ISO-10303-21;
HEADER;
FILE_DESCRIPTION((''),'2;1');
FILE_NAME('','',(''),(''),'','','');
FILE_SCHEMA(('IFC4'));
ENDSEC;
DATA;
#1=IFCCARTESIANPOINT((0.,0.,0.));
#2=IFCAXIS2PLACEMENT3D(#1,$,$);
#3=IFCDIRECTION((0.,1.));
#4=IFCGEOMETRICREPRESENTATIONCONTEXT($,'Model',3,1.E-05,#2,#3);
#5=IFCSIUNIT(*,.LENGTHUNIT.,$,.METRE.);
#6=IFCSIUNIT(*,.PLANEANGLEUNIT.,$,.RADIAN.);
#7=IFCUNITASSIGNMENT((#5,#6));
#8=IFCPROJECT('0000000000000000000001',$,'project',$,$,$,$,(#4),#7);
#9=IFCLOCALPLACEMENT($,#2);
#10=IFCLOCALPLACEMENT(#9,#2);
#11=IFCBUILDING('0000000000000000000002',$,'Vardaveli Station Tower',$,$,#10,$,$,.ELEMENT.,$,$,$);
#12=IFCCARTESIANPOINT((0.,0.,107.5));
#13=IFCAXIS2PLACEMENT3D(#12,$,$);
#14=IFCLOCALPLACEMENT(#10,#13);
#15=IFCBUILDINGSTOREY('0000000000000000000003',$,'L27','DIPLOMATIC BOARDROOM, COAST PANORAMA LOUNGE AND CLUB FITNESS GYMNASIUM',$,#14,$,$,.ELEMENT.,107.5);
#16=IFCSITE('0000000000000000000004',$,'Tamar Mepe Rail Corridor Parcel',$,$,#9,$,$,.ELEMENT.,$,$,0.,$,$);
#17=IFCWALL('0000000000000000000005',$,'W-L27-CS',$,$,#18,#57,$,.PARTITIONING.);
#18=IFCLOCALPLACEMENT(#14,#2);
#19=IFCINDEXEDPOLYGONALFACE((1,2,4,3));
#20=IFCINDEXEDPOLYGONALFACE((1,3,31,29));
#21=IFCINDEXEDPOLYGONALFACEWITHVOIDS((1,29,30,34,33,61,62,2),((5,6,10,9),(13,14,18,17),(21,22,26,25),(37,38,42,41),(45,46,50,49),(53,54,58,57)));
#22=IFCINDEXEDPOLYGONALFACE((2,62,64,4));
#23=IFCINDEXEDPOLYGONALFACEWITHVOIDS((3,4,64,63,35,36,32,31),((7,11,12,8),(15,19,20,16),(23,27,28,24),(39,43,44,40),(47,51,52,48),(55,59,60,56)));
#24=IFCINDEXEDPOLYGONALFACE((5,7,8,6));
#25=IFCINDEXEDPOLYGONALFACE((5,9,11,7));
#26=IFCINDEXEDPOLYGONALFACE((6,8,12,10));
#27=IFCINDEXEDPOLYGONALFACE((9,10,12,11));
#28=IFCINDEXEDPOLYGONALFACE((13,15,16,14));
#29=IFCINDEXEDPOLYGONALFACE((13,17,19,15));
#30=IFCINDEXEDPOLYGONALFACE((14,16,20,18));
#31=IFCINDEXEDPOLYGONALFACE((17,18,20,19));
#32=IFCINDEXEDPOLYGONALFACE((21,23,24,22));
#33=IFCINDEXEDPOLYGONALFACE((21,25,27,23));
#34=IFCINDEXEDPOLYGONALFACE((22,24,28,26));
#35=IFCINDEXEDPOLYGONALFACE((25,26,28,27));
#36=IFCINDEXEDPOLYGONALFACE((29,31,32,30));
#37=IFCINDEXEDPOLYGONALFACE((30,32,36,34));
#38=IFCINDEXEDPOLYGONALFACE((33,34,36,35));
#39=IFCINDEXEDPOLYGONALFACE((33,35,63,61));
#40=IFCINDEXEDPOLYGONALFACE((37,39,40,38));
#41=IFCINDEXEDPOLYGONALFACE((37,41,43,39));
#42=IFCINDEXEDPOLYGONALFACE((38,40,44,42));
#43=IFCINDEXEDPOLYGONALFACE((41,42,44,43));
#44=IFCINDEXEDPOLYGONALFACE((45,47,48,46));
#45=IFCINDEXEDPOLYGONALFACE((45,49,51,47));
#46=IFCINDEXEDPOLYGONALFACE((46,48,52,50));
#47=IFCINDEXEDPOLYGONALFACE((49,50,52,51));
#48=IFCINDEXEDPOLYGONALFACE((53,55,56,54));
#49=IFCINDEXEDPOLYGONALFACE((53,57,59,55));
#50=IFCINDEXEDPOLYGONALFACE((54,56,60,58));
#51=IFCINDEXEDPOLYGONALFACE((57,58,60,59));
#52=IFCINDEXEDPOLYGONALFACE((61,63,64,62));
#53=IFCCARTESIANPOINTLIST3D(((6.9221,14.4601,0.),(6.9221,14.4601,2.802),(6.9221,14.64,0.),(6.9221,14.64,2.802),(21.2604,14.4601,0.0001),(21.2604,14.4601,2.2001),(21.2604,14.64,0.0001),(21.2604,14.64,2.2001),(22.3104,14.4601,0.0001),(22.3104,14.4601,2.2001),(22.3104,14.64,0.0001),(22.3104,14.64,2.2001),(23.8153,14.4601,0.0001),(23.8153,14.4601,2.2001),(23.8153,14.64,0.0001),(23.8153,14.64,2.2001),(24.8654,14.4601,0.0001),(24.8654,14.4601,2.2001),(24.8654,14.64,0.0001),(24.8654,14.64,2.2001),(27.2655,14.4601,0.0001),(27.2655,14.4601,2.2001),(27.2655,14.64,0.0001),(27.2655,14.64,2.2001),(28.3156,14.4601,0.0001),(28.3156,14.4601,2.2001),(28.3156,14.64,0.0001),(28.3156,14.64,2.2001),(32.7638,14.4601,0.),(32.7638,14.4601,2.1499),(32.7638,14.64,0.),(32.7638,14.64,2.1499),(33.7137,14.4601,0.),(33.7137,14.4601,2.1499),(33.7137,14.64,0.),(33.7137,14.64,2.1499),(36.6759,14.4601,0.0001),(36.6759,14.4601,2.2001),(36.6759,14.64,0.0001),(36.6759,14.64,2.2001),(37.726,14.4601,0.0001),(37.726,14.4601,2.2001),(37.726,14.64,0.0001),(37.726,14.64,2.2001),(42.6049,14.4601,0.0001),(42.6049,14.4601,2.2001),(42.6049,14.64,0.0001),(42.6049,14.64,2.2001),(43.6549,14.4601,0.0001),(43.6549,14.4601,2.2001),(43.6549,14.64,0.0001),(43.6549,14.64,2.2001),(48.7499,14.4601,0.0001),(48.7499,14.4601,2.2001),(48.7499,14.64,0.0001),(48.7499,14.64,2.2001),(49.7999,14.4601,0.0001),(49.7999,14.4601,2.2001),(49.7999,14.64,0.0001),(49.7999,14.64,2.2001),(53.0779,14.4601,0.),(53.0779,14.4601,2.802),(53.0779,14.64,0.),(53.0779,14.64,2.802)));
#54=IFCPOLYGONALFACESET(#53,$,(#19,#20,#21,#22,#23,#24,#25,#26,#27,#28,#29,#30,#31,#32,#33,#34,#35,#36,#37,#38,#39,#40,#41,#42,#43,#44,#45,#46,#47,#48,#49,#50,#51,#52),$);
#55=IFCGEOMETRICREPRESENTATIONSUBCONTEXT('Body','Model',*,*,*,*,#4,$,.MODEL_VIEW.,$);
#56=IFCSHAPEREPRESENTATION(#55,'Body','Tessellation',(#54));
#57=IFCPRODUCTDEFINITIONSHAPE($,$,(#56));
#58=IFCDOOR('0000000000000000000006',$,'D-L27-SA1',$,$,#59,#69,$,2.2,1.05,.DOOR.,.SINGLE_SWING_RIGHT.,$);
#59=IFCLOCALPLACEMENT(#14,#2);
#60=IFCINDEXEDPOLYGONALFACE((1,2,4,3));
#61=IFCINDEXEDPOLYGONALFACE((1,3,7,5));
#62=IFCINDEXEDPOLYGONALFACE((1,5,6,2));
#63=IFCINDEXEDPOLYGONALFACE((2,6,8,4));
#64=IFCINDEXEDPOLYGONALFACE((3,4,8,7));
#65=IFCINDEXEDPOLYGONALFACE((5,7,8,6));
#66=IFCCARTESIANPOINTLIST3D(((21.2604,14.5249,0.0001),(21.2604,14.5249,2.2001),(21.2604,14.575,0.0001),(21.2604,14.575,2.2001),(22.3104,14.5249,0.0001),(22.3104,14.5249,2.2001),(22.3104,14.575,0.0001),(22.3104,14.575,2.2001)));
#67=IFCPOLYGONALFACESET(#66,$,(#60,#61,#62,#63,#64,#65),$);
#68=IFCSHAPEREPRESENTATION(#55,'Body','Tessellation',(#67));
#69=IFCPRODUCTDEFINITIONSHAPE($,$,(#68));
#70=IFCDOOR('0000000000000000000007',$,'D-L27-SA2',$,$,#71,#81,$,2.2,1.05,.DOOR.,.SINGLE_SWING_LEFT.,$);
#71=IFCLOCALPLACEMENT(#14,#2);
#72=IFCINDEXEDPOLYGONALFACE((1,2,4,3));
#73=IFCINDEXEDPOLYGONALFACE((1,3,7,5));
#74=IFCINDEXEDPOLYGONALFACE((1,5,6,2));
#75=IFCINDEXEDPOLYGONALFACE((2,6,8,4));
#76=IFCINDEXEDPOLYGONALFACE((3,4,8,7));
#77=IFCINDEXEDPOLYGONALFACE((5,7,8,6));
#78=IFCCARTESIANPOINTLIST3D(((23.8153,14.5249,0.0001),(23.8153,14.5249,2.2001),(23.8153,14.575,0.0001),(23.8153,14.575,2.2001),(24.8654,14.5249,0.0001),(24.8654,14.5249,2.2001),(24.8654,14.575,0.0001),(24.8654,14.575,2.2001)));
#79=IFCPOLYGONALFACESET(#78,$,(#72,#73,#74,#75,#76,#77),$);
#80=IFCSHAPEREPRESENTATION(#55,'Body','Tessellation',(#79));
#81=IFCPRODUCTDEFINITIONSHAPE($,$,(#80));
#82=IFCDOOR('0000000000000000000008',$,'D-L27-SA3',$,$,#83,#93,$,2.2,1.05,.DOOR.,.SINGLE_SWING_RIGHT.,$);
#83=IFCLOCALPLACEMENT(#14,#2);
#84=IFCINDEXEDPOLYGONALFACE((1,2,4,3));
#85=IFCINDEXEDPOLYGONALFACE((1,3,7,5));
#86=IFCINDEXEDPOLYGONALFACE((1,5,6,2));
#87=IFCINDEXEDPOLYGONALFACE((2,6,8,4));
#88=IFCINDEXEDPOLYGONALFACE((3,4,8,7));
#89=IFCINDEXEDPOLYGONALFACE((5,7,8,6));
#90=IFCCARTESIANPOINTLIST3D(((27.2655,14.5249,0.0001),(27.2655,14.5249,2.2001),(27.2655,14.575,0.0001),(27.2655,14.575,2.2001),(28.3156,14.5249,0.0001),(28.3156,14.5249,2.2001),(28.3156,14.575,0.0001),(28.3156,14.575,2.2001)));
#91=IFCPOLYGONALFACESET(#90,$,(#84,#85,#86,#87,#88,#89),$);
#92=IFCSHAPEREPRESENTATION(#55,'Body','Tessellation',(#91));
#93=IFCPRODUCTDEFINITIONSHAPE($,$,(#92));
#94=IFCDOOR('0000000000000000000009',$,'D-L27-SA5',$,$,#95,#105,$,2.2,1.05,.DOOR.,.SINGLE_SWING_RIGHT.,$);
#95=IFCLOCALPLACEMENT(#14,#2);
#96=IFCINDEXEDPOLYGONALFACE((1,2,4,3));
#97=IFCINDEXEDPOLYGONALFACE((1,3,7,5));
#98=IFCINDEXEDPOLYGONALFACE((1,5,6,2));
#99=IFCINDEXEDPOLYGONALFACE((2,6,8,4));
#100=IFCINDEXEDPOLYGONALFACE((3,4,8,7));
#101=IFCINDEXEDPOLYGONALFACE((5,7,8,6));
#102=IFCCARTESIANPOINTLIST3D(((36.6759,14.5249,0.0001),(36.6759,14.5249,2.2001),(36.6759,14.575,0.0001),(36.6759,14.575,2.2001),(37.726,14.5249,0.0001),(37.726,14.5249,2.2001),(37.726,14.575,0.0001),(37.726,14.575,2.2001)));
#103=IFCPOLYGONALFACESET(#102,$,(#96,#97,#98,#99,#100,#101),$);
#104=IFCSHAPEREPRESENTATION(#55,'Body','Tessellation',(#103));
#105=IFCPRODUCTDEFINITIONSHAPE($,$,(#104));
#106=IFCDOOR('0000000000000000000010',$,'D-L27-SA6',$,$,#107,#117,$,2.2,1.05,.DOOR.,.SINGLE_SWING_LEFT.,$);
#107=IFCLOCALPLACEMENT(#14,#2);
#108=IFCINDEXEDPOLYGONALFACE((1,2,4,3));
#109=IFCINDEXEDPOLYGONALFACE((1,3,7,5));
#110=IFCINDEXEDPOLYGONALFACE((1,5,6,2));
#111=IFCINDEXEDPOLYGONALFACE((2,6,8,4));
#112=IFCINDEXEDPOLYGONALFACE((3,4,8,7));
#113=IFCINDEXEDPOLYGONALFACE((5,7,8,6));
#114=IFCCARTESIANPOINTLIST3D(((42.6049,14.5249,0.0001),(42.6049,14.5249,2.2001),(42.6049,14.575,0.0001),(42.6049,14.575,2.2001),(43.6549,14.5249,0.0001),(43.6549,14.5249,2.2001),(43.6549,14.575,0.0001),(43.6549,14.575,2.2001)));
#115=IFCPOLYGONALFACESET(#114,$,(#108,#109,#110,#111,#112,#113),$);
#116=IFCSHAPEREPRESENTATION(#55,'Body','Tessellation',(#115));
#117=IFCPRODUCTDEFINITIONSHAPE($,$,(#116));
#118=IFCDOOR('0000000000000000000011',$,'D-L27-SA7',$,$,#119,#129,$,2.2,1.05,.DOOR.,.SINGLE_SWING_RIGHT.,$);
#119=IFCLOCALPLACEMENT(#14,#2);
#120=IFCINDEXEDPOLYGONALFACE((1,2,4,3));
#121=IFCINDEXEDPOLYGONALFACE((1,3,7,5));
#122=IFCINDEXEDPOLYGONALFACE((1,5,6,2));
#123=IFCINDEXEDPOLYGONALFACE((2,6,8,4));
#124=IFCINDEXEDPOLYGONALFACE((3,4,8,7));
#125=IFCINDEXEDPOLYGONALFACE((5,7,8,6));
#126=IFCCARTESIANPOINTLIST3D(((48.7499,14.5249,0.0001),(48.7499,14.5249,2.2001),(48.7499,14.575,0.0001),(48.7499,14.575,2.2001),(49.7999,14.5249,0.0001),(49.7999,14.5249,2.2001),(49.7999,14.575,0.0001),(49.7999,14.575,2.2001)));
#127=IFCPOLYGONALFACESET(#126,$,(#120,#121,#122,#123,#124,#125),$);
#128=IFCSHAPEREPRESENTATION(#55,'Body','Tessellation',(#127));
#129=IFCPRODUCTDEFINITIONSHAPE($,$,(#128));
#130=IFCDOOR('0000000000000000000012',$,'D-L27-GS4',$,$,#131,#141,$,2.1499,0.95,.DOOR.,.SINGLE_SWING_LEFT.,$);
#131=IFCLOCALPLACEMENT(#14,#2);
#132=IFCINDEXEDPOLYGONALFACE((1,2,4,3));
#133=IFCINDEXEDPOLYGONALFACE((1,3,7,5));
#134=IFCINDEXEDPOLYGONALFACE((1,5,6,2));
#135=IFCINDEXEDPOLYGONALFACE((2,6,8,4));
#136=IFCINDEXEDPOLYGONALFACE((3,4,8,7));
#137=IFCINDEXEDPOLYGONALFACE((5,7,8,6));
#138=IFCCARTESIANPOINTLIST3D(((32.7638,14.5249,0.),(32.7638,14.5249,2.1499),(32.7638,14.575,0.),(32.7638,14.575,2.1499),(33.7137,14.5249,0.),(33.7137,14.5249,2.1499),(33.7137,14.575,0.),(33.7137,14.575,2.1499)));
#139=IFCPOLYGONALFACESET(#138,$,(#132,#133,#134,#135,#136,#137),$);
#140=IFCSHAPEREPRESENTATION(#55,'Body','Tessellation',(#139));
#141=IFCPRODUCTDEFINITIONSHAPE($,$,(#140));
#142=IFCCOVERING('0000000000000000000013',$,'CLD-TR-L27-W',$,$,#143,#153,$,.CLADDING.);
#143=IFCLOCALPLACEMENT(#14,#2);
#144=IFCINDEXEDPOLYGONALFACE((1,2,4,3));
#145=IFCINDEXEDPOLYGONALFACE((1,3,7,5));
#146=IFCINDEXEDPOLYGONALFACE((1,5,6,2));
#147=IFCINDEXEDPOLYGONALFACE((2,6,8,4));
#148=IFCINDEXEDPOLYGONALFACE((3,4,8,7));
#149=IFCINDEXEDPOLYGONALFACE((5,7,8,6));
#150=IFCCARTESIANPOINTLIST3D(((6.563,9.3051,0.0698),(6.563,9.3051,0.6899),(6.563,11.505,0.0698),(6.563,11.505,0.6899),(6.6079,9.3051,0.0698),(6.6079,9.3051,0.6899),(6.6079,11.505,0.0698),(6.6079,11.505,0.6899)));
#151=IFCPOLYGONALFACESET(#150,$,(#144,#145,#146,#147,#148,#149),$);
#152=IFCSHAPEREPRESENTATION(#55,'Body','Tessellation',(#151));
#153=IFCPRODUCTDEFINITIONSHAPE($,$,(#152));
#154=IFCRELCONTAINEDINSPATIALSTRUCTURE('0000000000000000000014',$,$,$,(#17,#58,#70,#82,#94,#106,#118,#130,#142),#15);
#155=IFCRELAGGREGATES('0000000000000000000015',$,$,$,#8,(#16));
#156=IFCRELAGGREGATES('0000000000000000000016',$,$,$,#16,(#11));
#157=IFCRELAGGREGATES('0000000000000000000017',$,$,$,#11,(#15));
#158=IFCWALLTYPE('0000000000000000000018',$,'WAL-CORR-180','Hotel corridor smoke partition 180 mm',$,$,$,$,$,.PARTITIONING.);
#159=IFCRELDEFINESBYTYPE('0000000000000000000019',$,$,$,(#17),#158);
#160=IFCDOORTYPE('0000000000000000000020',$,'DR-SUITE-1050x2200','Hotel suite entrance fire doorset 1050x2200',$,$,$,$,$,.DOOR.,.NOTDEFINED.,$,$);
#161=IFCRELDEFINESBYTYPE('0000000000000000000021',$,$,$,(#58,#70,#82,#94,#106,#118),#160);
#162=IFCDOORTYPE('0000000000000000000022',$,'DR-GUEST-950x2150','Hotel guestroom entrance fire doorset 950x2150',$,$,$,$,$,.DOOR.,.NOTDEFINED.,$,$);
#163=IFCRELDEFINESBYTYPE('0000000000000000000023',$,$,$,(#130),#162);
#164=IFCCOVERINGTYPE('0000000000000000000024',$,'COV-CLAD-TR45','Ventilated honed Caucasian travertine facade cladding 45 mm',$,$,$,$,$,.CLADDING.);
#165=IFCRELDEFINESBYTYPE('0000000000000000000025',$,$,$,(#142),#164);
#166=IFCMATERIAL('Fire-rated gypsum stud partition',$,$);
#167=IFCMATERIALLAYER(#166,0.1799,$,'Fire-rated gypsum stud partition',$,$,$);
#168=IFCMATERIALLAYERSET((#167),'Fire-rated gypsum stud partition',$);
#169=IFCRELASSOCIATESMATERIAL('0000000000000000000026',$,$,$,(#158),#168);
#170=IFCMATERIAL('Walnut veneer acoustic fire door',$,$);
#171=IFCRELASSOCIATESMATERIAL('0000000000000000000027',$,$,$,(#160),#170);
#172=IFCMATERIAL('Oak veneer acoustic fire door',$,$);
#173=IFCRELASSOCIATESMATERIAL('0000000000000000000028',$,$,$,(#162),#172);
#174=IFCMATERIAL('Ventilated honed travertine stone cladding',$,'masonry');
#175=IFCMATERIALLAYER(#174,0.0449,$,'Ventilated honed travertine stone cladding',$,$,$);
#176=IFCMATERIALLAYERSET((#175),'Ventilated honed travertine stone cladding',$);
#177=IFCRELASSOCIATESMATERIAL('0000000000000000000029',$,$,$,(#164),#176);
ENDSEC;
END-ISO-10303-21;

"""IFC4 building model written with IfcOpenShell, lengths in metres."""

from ifc_helpers import new_model, si_unit, direction, frame, frame_2d, origin, origin_2d, place, context, subcontext, project, spatial, rectangle, extrude, source, transform, mapped, material, layer, layer_set, type_object, element, fill, save


model = new_model("IFC4")

# Units and contexts
model_context = context("Model", 3, precision=1e-05, world=origin(), true_north=direction((0.0, 1.0)))
body_context = subcontext(model_context, "Body", "Model", "MODEL_VIEW")
ifc_project = project(units=[si_unit("LENGTHUNIT", "METRE"), si_unit("PLANEANGLEUNIT", "RADIAN")], contexts=[model_context])

# Site, building, storey
site_placement = place(None, origin())
site = spatial("IfcSite", under=ifc_project, at=site_placement, Name="Tamar Mepe Rail Corridor Parcel", CompositionType="ELEMENT", RefElevation=0.0)
building_placement = place(site_placement, origin())
building = spatial("IfcBuilding", under=site, at=building_placement, Name="Vardaveli Station Tower", CompositionType="ELEMENT")
storey_placement = place(building_placement, frame((0.0, 0.0, 107.5)))
storey = spatial("IfcBuildingStorey", under=building, at=storey_placement, Name="L27", Description="DIPLOMATIC BOARDROOM, COAST PANORAMA LOUNGE AND CLUB FITNESS GYMNASIUM", CompositionType="ELEMENT", Elevation=107.5)

# Wall, openings, doors
ifc_material_1 = material(Name="Fire-rated gypsum stud partition")
ifc_layer_1 = layer(ifc_material_1, 0.1799, Name="Fire-rated gypsum stud partition")
ifc_layer_set_1 = layer_set([ifc_layer_1], Name="Fire-rated gypsum stud partition")
wall_type_1 = type_object("IfcWallType", Name="WAL-CORR-180", Description="Hotel corridor smoke partition 180 mm", PredefinedType="PARTITIONING", material=ifc_layer_set_1)
shared_shape_1 = source(origin(), body_context, "Body", "SweptSolid", [
    extrude(rectangle(XDim=46.1558, YDim=0.1799, at=frame_2d((23.0779, 0.0))), origin(), (0.0, 0.0, 1.0), 2.802),
])
wall_1_placement = place(storey_placement, frame((6.9221, 14.55, 0.0), z_axis=(0.0, 0.0, 1.0), x_axis=(1.0, 0.0, 0.0)))
wall_1 = element("IfcWall", 1, at=wall_1_placement, inside=storey, type_object=wall_type_1, Name="W-L27-CS", PredefinedType="PARTITIONING", context=body_context, shape_type="MappedRepresentation", body=[
    mapped(shared_shape_1, transform((0.0, 0.0, 0.0), scale=1.0)),
])
shared_shape_2 = source(origin(), body_context, "Body", "SweptSolid", [
    extrude(rectangle(XDim=1.05, YDim=2.2, at=frame_2d((0.5249, 1.1001))), frame((0.0, 0.1001, 0.0), z_axis=(0.0, -1.0, 0.0), x_axis=(1.0, 0.0, 0.0)), (0.0, 0.0, 1.0), 0.2),
])
opening_1_placement = place(wall_1_placement, frame((14.3384, 0.0, 0.0)))
opening_1 = element("IfcOpeningElement", 2, at=opening_1_placement, cuts=wall_1, PredefinedType="OPENING", context=body_context, shape_type="MappedRepresentation", body=[
    mapped(shared_shape_2, transform((0.0, 0.0, 0.0), scale=1.0)),
])
opening_2_placement = place(wall_1_placement, frame((16.8933, 0.0, 0.0)))
opening_2 = element("IfcOpeningElement", 3, at=opening_2_placement, cuts=wall_1, PredefinedType="OPENING", context=body_context, shape_type="MappedRepresentation", body=[
    mapped(shared_shape_2, transform((0.0, 0.0, 0.0), scale=1.0)),
])
opening_3_placement = place(wall_1_placement, frame((20.3435, 0.0, 0.0)))
opening_3 = element("IfcOpeningElement", 4, at=opening_3_placement, cuts=wall_1, PredefinedType="OPENING", context=body_context, shape_type="MappedRepresentation", body=[
    mapped(shared_shape_2, transform((0.0, 0.0, 0.0), scale=1.0)),
])
shared_shape_3 = source(origin(), body_context, "Body", "SweptSolid", [
    extrude(rectangle(XDim=0.95, YDim=2.1499, at=frame_2d((0.4751, 1.075))), frame((0.0, 0.1001, 0.0), z_axis=(0.0, -1.0, 0.0), x_axis=(1.0, 0.0, 0.0)), (0.0, 0.0, 1.0), 0.2),
])
opening_4_placement = place(wall_1_placement, frame((25.8416, 0.0, 0.0)))
opening_4 = element("IfcOpeningElement", 5, at=opening_4_placement, cuts=wall_1, PredefinedType="OPENING", context=body_context, shape_type="MappedRepresentation", body=[
    mapped(shared_shape_3, transform((0.0, 0.0, 0.0), scale=1.0)),
])
opening_5_placement = place(wall_1_placement, frame((29.7539, 0.0, 0.0)))
opening_5 = element("IfcOpeningElement", 6, at=opening_5_placement, cuts=wall_1, PredefinedType="OPENING", context=body_context, shape_type="MappedRepresentation", body=[
    mapped(shared_shape_2, transform((0.0, 0.0, 0.0), scale=1.0)),
])
opening_6_placement = place(wall_1_placement, frame((35.6829, 0.0, 0.0)))
opening_6 = element("IfcOpeningElement", 7, at=opening_6_placement, cuts=wall_1, PredefinedType="OPENING", context=body_context, shape_type="MappedRepresentation", body=[
    mapped(shared_shape_2, transform((0.0, 0.0, 0.0), scale=1.0)),
])
opening_7_placement = place(wall_1_placement, frame((41.8279, 0.0, 0.0)))
opening_7 = element("IfcOpeningElement", 8, at=opening_7_placement, cuts=wall_1, PredefinedType="OPENING", context=body_context, shape_type="MappedRepresentation", body=[
    mapped(shared_shape_2, transform((0.0, 0.0, 0.0), scale=1.0)),
])
ifc_material_2 = material(Name="Walnut veneer acoustic fire door")
door_type_1 = type_object("IfcDoorType", Name="DR-SUITE-1050x2200", Description="Hotel suite entrance fire doorset 1050x2200", OperationType="NOTDEFINED", PredefinedType="DOOR", material=ifc_material_2)
shared_shape_4 = source(origin(), body_context, "Body", "SweptSolid", [
    extrude(rectangle(XDim=1.05, YDim=2.2, at=frame_2d((0.5249, 1.1001))), frame((0.0, 0.0249, 0.0), z_axis=(0.0, -1.0, 0.0), x_axis=(1.0, 0.0, 0.0)), (0.0, 0.0, 1.0), 0.05),
])
door_1_placement = place(opening_1_placement, origin())
door_1 = element("IfcDoor", 9, at=door_1_placement, inside=storey, type_object=door_type_1, Name="D-L27-SA1", OperationType="SINGLE_SWING_RIGHT", OverallHeight=2.2, OverallWidth=1.05, PredefinedType="DOOR", context=body_context, shape_type="MappedRepresentation", body=[
    mapped(shared_shape_4, transform((0.0, 0.0, 0.0), scale=1.0)),
])
fill(opening_1, door_1)
door_2_placement = place(opening_2_placement, origin())
door_2 = element("IfcDoor", 10, at=door_2_placement, inside=storey, type_object=door_type_1, Name="D-L27-SA2", OperationType="SINGLE_SWING_LEFT", OverallHeight=2.2, OverallWidth=1.05, PredefinedType="DOOR", context=body_context, shape_type="MappedRepresentation", body=[
    mapped(shared_shape_4, transform((0.0, 0.0, 0.0), scale=1.0)),
])
fill(opening_2, door_2)
door_3_placement = place(opening_3_placement, origin())
door_3 = element("IfcDoor", 11, at=door_3_placement, inside=storey, type_object=door_type_1, Name="D-L27-SA3", OperationType="SINGLE_SWING_RIGHT", OverallHeight=2.2, OverallWidth=1.05, PredefinedType="DOOR", context=body_context, shape_type="MappedRepresentation", body=[
    mapped(shared_shape_4, transform((0.0, 0.0, 0.0), scale=1.0)),
])
fill(opening_3, door_3)
door_4_placement = place(opening_5_placement, origin())
door_4 = element("IfcDoor", 12, at=door_4_placement, inside=storey, type_object=door_type_1, Name="D-L27-SA5", OperationType="SINGLE_SWING_RIGHT", OverallHeight=2.2, OverallWidth=1.05, PredefinedType="DOOR", context=body_context, shape_type="MappedRepresentation", body=[
    mapped(shared_shape_4, transform((0.0, 0.0, 0.0), scale=1.0)),
])
fill(opening_5, door_4)
door_5_placement = place(opening_6_placement, origin())
door_5 = element("IfcDoor", 13, at=door_5_placement, inside=storey, type_object=door_type_1, Name="D-L27-SA6", OperationType="SINGLE_SWING_LEFT", OverallHeight=2.2, OverallWidth=1.05, PredefinedType="DOOR", context=body_context, shape_type="MappedRepresentation", body=[
    mapped(shared_shape_4, transform((0.0, 0.0, 0.0), scale=1.0)),
])
fill(opening_6, door_5)
door_6_placement = place(opening_7_placement, origin())
door_6 = element("IfcDoor", 14, at=door_6_placement, inside=storey, type_object=door_type_1, Name="D-L27-SA7", OperationType="SINGLE_SWING_RIGHT", OverallHeight=2.2, OverallWidth=1.05, PredefinedType="DOOR", context=body_context, shape_type="MappedRepresentation", body=[
    mapped(shared_shape_4, transform((0.0, 0.0, 0.0), scale=1.0)),
])
fill(opening_7, door_6)
ifc_material_3 = material(Name="Oak veneer acoustic fire door")
door_type_2 = type_object("IfcDoorType", Name="DR-GUEST-950x2150", Description="Hotel guestroom entrance fire doorset 950x2150", OperationType="NOTDEFINED", PredefinedType="DOOR", material=ifc_material_3)
shared_shape_5 = source(origin(), body_context, "Body", "SweptSolid", [
    extrude(rectangle(XDim=0.95, YDim=2.1499, at=frame_2d((0.4751, 1.075))), frame((0.0, 0.0249, 0.0), z_axis=(0.0, -1.0, 0.0), x_axis=(1.0, 0.0, 0.0)), (0.0, 0.0, 1.0), 0.05),
])
door_7_placement = place(opening_4_placement, origin())
door_7 = element("IfcDoor", 15, at=door_7_placement, inside=storey, type_object=door_type_2, Name="D-L27-GS4", OperationType="SINGLE_SWING_LEFT", OverallHeight=2.1499, OverallWidth=0.95, PredefinedType="DOOR", context=body_context, shape_type="MappedRepresentation", body=[
    mapped(shared_shape_5, transform((0.0, 0.0, 0.0), scale=1.0)),
])
fill(opening_4, door_7)

# Covering
ifc_material_4 = material(Name="Ventilated honed travertine stone cladding", Category="masonry")
ifc_layer_2 = layer(ifc_material_4, 0.0449, Name="Ventilated honed travertine stone cladding")
ifc_layer_set_2 = layer_set([ifc_layer_2], Name="Ventilated honed travertine stone cladding")
covering_type = type_object("IfcCoveringType", Name="COV-CLAD-TR45", Description="Ventilated honed Caucasian travertine facade cladding 45 mm", PredefinedType="CLADDING", material=ifc_layer_set_2)
shared_shape_6 = source(origin(), body_context, "Body", "SweptSolid", [
    extrude(rectangle(XDim=2.2, YDim=0.0449, at=origin_2d()), origin(), (0.0, 0.0, 1.0), 0.6201),
])
covering_placement = place(storey_placement, frame((6.5854, 10.405, 0.0698), z_axis=(0.0, 0.0, 1.0), x_axis=(0.0, 1.0, 0.0)))
element("IfcCovering", 16, at=covering_placement, inside=storey, type_object=covering_type, Name="CLD-TR-L27-W", PredefinedType="CLADDING", context=body_context, shape_type="MappedRepresentation", body=[
    mapped(shared_shape_6, transform((0.0, 0.0, 0.0), scale=1.0)),
])

save(model, "model.ifc")
